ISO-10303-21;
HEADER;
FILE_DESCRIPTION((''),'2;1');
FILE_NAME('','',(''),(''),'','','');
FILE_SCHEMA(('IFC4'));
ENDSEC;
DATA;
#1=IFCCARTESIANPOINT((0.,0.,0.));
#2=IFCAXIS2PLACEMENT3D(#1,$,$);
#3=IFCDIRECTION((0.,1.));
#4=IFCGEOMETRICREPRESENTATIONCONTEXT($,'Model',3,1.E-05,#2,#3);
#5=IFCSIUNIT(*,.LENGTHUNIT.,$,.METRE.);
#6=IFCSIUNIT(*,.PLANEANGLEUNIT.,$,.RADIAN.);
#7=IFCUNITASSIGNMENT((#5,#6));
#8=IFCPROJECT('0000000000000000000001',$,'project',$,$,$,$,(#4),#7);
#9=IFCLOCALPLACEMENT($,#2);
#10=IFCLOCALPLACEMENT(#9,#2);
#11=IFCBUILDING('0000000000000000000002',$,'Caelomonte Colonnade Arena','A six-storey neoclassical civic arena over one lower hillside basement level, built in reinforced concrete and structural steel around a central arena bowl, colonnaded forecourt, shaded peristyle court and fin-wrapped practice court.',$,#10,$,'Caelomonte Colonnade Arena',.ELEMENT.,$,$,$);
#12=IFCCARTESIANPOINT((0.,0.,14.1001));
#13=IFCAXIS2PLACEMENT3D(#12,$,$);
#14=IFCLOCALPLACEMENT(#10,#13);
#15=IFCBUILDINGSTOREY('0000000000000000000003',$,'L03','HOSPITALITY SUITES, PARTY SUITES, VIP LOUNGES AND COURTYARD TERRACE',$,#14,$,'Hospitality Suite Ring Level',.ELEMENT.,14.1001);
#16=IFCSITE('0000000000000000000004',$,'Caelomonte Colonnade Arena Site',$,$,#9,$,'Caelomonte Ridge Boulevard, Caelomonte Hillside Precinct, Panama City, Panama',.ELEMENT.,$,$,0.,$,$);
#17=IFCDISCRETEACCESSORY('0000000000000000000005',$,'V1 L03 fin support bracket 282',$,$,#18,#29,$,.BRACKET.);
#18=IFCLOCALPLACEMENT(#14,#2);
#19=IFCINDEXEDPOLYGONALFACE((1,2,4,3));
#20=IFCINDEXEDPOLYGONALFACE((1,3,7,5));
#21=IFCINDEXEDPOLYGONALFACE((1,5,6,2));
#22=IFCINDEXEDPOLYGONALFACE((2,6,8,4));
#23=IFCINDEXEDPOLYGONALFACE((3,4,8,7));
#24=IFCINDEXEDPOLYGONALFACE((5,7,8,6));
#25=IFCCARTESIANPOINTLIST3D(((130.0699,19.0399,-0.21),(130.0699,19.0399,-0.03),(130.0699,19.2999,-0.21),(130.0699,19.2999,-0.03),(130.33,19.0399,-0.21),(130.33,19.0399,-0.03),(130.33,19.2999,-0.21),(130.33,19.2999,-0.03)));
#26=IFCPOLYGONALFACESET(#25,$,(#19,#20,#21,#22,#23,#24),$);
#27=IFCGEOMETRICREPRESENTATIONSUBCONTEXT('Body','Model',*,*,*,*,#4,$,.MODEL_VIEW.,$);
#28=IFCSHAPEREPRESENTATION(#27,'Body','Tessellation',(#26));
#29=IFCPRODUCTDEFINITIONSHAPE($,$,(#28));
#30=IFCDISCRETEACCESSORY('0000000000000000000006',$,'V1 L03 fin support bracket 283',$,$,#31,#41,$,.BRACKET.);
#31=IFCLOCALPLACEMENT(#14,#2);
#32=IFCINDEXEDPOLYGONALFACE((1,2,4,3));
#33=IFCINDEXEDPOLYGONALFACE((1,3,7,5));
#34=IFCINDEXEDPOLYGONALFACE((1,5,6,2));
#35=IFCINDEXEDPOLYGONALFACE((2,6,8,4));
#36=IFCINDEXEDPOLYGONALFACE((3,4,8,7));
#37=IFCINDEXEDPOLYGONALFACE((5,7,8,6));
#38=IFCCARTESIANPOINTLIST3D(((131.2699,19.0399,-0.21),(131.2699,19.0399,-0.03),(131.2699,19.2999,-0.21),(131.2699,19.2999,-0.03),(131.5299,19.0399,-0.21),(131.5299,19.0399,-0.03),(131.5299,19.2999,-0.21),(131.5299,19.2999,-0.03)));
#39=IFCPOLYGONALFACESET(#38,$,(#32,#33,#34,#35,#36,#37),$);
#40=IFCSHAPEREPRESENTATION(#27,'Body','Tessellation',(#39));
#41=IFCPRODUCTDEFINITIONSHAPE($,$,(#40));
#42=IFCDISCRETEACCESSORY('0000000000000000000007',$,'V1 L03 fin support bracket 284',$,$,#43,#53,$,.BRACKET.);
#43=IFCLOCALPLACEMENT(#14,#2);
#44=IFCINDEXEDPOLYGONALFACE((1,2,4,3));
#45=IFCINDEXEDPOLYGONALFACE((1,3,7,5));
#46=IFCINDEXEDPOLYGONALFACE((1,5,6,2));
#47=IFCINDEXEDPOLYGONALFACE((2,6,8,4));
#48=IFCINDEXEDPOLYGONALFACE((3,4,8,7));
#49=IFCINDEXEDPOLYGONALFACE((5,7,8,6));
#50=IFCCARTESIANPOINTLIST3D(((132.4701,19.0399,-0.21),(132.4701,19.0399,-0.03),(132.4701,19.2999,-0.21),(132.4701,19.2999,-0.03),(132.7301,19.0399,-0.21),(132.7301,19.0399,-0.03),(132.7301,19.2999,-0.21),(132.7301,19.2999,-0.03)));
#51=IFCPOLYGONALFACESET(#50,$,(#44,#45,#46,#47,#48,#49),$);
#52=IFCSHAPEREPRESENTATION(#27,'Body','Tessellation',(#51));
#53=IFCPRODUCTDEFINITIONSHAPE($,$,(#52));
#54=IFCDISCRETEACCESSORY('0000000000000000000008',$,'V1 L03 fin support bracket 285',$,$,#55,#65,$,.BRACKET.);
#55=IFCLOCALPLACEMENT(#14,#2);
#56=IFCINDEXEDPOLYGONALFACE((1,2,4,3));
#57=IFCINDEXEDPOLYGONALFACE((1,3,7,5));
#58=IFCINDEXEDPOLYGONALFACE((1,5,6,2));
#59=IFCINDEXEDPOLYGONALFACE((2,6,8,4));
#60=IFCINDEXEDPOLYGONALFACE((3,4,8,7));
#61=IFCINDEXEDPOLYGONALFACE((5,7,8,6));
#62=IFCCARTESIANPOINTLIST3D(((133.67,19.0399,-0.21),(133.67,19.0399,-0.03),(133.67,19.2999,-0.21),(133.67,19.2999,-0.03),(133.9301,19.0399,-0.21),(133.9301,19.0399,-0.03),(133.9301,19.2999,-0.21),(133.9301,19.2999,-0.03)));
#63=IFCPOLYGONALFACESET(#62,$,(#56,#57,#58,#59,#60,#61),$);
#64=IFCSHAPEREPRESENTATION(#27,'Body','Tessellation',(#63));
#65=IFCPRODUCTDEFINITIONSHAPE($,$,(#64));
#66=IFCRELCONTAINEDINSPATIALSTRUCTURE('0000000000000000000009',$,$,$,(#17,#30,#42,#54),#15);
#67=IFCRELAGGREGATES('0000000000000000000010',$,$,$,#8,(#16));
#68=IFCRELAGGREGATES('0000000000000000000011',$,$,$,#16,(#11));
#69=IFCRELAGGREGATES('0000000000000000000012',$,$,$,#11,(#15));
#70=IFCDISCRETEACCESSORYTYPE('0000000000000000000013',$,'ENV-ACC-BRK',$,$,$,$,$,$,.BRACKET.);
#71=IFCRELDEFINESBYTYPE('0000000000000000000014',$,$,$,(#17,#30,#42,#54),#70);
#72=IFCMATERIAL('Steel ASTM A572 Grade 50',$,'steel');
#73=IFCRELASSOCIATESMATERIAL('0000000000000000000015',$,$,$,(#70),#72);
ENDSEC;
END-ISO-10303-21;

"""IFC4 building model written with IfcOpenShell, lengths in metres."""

from ifc_helpers import new_model, si_unit, direction, frame, origin, origin_2d, place, context, subcontext, project, spatial, rectangle, extrude, material, type_object, element, save


model = new_model("IFC4")

# Units and contexts
model_context = context("Model", 3, precision=1e-05, world=origin(), true_north=direction((0.0, 1.0)))
body_context = subcontext(model_context, "Body", "Model", "MODEL_VIEW")
ifc_project = project(units=[si_unit("LENGTHUNIT", "METRE"), si_unit("PLANEANGLEUNIT", "RADIAN")], contexts=[model_context])

# Site, building, storey
site_placement = place(None, origin())
site = spatial("IfcSite", under=ifc_project, at=site_placement, Name="Caelomonte Colonnade Arena Site", LongName="Caelomonte Ridge Boulevard, Caelomonte Hillside Precinct, Panama City, Panama", CompositionType="ELEMENT", RefElevation=0.0)
building_placement = place(site_placement, origin())
building = spatial("IfcBuilding", under=site, at=building_placement, Name="Caelomonte Colonnade Arena", Description="A six-storey neoclassical civic arena over one lower hillside basement level, built in reinforced concrete and structural steel around a central arena bowl, colonnaded forecourt, shaded peristyle court and fin-wrapped practice court.", LongName="Caelomonte Colonnade Arena", CompositionType="ELEMENT")
storey_placement = place(building_placement, frame((0.0, 0.0, 14.1001)))
storey = spatial("IfcBuildingStorey", under=building, at=storey_placement, Name="L03", Description="HOSPITALITY SUITES, PARTY SUITES, VIP LOUNGES AND COURTYARD TERRACE", LongName="Hospitality Suite Ring Level", CompositionType="ELEMENT", Elevation=14.1001)

# Shared definitions
ifc_material_1 = material(Name="Steel ASTM A572 Grade 50", Category="steel")

# Discrete accessories
discrete_accessory_type = type_object("IfcDiscreteAccessoryType", Name="ENV-ACC-BRK", PredefinedType="BRACKET", material=ifc_material_1)
for number, where, z_axis, x_axis, name in (
    (1, (130.2, 19.1699, -0.21), (0.0, 0.0, 1.0), (1.0, 0.0, 0.0), "V1 L03 fin support bracket 282"),
    (2, (131.3999, 19.1699, -0.21), (0.0, 0.0, 1.0), (1.0, 0.0, 0.0), "V1 L03 fin support bracket 283"),
    (3, (132.6001, 19.1699, -0.21), (0.0, 0.0, 1.0), (1.0, 0.0, 0.0), "V1 L03 fin support bracket 284"),
    (4, (133.8, 19.1699, -0.21), (0.0, 0.0, 1.0), (1.0, 0.0, 0.0), "V1 L03 fin support bracket 285"),
):
    element("IfcDiscreteAccessory", number, at=place(storey_placement, frame(where, z_axis=z_axis, x_axis=x_axis)), inside=storey, type_object=discrete_accessory_type, Name=name, PredefinedType="BRACKET", context=body_context, shape_type="SweptSolid", body=[
        extrude(rectangle(XDim=0.26, YDim=0.26, at=origin_2d()), origin(), (0.0, 0.0, 1.0), 0.1799),
    ])

save(model, "model.ifc")
